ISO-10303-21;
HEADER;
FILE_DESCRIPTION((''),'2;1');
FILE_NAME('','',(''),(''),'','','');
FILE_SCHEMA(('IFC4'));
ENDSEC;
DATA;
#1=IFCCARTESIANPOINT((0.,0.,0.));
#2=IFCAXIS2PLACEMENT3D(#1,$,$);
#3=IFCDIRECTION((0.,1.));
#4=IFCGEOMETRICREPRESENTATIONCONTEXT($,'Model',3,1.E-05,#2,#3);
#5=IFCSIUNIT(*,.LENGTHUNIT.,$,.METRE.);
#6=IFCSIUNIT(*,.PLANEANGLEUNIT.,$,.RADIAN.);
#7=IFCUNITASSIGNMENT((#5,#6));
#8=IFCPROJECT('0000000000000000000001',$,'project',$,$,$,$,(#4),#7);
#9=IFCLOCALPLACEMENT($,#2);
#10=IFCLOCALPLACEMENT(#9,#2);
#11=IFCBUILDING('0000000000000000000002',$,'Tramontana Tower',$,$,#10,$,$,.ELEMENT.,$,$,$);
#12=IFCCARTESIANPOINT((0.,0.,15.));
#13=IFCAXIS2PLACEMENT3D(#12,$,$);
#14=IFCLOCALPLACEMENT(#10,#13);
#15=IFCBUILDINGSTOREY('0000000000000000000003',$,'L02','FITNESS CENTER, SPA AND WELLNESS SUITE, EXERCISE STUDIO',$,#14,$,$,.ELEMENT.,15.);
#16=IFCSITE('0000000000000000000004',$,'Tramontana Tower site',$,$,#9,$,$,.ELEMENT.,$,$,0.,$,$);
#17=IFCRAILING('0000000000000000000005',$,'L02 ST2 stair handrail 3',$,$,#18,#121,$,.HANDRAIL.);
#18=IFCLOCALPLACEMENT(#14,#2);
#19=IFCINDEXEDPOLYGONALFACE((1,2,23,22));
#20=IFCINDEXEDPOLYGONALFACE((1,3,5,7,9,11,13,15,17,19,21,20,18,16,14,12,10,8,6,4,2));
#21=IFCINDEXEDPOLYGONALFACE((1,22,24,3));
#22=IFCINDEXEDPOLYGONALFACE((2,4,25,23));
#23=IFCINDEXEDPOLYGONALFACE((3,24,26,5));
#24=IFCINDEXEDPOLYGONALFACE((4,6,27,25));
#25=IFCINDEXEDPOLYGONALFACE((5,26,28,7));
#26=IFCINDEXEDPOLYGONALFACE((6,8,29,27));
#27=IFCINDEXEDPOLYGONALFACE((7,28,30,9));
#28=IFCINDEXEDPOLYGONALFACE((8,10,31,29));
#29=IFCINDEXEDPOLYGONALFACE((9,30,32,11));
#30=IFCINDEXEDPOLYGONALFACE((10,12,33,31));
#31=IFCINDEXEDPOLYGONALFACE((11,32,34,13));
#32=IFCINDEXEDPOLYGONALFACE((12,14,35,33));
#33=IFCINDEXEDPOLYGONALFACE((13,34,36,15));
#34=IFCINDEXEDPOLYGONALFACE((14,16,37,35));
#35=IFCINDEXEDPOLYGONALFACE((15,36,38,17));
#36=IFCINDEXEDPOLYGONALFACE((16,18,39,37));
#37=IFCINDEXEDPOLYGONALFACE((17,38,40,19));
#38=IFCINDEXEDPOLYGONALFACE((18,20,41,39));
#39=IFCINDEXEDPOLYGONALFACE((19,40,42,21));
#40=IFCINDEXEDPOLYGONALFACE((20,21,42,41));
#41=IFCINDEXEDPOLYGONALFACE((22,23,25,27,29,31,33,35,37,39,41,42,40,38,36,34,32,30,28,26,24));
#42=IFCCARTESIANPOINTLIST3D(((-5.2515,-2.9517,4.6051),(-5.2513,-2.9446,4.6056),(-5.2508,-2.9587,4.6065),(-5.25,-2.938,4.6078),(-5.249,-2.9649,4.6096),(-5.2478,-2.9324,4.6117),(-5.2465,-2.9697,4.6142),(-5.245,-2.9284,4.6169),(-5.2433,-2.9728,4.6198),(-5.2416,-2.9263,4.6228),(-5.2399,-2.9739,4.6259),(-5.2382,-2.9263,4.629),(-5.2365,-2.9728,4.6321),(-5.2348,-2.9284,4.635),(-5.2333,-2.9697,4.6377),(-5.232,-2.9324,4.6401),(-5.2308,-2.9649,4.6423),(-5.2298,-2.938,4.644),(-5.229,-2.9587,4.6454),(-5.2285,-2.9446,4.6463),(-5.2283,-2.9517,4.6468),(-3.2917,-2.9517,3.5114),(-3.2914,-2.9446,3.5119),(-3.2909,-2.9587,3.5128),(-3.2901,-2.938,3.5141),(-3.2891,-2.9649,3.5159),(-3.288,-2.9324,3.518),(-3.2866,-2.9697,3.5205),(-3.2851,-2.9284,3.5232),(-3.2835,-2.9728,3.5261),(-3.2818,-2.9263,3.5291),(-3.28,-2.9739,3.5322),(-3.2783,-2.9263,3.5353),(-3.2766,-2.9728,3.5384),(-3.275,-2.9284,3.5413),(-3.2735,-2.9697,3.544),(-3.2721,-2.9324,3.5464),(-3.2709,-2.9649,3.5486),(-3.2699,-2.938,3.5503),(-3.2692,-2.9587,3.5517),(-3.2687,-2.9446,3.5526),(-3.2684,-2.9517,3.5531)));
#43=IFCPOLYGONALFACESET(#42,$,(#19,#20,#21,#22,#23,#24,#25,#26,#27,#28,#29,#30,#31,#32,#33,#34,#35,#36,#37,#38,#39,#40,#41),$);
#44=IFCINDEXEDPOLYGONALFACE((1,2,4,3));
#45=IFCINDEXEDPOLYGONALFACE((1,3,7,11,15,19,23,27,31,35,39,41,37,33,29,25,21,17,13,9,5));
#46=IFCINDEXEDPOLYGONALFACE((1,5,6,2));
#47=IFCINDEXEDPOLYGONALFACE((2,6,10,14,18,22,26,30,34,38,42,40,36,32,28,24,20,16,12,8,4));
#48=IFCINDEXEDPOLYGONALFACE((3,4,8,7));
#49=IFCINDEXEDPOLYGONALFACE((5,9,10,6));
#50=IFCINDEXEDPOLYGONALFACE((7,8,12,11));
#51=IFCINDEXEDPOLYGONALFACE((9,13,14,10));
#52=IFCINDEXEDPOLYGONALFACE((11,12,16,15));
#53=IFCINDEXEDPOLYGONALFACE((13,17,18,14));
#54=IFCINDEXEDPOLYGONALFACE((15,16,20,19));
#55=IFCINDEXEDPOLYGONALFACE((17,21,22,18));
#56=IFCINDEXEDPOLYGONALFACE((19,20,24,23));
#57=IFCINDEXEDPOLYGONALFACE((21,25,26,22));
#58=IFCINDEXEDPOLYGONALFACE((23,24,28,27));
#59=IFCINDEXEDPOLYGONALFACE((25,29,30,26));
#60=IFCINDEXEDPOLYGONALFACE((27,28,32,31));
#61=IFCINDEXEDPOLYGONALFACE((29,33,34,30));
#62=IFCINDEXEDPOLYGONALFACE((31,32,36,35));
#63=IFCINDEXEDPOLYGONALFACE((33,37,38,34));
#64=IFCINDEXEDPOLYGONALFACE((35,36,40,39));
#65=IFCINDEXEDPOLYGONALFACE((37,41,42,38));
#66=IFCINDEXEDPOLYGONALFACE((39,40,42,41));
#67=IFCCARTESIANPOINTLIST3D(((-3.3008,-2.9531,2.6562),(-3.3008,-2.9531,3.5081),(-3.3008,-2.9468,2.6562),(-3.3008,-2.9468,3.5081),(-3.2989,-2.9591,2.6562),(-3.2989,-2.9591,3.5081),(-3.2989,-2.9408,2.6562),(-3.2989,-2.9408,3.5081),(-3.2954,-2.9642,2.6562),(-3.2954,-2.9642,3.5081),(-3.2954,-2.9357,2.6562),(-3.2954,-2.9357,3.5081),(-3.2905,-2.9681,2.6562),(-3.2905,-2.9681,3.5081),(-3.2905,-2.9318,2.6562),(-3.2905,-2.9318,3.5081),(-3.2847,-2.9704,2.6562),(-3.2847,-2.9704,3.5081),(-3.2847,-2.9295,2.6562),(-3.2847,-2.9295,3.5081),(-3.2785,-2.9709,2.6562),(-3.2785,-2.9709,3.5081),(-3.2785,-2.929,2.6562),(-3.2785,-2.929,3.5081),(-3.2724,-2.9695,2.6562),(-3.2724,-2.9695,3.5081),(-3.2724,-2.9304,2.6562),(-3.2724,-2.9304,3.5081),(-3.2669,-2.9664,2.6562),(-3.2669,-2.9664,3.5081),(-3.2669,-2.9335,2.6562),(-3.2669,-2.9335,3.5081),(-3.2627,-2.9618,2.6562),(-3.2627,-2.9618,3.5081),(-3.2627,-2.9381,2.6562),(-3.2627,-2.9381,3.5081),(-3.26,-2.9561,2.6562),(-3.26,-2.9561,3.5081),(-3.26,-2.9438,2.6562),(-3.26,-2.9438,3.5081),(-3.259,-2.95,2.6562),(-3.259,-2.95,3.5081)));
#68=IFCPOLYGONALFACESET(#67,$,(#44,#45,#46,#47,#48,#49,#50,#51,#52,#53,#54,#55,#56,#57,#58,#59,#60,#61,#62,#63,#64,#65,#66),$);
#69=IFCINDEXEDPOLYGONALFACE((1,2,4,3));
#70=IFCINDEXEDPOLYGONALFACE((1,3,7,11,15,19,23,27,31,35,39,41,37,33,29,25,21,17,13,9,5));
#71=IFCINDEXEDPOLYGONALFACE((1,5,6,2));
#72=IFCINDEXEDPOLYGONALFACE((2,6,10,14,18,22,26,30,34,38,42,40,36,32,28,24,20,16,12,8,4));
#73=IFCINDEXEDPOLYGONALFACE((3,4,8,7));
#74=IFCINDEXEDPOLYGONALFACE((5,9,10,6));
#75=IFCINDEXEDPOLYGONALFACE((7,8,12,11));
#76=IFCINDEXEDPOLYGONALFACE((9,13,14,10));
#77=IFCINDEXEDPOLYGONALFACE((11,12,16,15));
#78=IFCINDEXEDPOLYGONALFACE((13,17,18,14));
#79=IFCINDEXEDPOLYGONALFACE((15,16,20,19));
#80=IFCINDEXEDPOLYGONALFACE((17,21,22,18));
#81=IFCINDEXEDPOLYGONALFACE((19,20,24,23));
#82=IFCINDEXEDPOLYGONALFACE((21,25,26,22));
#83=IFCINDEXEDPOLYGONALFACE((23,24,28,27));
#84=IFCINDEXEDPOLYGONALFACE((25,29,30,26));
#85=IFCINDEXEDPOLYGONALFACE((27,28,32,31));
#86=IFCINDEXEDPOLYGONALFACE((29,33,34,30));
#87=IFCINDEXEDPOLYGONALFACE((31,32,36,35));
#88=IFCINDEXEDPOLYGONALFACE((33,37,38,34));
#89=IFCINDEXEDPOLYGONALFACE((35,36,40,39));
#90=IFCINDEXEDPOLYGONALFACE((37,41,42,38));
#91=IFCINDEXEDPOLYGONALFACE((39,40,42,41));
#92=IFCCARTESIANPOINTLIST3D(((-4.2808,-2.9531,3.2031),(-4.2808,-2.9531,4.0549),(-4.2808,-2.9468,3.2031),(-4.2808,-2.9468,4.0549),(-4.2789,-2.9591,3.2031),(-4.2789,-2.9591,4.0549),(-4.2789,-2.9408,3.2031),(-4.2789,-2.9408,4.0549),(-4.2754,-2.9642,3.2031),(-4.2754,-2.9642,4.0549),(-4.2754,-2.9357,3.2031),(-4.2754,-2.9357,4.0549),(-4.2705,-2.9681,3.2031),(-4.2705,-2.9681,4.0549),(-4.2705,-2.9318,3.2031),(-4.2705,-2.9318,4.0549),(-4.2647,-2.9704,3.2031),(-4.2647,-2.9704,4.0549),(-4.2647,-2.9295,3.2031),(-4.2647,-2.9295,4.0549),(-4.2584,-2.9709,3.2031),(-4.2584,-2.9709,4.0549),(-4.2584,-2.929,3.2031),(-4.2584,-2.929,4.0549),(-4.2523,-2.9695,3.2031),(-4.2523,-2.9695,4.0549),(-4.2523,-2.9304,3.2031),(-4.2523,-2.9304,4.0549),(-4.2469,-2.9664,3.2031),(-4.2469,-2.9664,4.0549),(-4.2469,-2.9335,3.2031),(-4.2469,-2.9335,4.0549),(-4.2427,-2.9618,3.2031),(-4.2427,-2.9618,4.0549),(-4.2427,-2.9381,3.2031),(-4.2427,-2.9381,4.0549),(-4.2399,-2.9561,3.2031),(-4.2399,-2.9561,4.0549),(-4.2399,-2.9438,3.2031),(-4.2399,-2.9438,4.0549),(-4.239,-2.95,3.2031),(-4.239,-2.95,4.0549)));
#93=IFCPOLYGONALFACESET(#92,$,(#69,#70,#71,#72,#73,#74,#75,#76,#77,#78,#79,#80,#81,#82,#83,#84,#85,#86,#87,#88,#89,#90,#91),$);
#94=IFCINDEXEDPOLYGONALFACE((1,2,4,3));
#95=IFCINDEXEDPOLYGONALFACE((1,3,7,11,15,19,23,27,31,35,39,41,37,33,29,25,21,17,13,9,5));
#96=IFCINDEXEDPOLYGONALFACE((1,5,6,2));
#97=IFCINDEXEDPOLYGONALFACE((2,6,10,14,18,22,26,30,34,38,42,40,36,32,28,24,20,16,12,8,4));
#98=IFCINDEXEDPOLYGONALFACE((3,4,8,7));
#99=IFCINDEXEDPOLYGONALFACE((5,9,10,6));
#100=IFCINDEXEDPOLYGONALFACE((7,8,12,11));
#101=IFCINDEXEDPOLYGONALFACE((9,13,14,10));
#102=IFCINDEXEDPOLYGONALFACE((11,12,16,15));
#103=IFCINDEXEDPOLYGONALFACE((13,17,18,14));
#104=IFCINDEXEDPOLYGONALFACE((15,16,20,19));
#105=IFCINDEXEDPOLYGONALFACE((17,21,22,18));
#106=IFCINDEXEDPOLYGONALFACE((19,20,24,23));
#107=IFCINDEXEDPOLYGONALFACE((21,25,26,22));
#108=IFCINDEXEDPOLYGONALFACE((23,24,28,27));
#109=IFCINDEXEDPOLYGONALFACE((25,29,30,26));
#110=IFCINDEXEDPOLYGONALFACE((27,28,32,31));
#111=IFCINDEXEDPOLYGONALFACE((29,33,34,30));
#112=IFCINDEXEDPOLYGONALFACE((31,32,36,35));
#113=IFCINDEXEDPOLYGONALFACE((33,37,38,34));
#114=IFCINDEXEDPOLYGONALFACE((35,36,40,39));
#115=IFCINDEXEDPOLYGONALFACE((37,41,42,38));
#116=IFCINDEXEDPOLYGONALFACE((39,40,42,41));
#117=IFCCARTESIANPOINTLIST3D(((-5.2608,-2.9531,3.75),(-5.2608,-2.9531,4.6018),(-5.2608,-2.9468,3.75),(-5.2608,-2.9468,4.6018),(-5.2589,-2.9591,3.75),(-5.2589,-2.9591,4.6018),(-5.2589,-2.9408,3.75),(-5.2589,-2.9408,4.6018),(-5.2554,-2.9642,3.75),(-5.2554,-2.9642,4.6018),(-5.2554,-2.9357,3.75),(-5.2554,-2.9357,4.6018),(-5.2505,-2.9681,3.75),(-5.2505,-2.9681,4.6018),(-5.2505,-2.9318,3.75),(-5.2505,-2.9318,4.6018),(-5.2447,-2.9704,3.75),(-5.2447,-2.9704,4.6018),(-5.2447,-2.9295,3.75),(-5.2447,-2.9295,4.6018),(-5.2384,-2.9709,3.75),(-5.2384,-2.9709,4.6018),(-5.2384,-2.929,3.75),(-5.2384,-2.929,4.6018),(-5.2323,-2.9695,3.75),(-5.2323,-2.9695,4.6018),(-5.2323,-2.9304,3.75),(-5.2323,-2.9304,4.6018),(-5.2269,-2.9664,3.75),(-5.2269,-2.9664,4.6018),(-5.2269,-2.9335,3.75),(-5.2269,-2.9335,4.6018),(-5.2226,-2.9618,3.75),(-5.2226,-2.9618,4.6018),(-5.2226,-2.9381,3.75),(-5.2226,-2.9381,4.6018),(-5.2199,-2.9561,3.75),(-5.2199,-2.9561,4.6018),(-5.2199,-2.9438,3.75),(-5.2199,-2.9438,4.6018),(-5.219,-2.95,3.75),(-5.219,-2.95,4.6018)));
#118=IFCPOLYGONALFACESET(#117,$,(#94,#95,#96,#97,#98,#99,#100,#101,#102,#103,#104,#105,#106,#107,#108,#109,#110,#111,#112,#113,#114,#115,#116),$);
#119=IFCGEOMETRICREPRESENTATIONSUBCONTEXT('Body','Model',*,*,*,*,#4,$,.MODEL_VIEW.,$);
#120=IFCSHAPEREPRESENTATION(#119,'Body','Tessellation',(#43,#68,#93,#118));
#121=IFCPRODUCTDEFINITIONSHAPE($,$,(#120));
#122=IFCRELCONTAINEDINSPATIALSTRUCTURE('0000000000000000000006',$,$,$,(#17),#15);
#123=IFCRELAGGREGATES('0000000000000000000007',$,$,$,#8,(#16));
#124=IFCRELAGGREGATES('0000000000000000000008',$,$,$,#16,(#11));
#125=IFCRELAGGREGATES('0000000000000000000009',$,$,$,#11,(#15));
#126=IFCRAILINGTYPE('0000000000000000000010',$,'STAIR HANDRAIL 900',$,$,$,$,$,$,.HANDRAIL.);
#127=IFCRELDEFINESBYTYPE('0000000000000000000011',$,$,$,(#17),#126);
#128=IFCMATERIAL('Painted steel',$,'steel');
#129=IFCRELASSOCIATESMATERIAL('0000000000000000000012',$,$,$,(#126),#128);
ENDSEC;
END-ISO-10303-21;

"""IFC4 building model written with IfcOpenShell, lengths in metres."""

from ifc_helpers import new_model, si_unit, direction, frame, origin, origin_2d, place, context, subcontext, project, spatial, circle, extrude, material, type_object, element, save


model = new_model("IFC4")

# Units and contexts
model_context = context("Model", 3, precision=1e-05, world=origin(), true_north=direction((0.0, 1.0)))
body_context = subcontext(model_context, "Body", "Model", "MODEL_VIEW")
ifc_project = project(units=[si_unit("LENGTHUNIT", "METRE"), si_unit("PLANEANGLEUNIT", "RADIAN")], contexts=[model_context])

# Site, building, storey
site_placement = place(None, origin())
site = spatial("IfcSite", under=ifc_project, at=site_placement, Name="Tramontana Tower site", CompositionType="ELEMENT", RefElevation=0.0)
building_placement = place(site_placement, origin())
building = spatial("IfcBuilding", under=site, at=building_placement, Name="Tramontana Tower", CompositionType="ELEMENT")
storey_placement = place(building_placement, frame((0.0, 0.0, 15.0)))
storey = spatial("IfcBuildingStorey", under=building, at=storey_placement, Name="L02", Description="FITNESS CENTER, SPA AND WELLNESS SUITE, EXERCISE STUDIO", CompositionType="ELEMENT", Elevation=15.0)

# Railing
ifc_material_1 = material(Name="Painted steel", Category="steel")
railing_type_1 = type_object("IfcRailingType", Name="STAIR HANDRAIL 900", PredefinedType="HANDRAIL", material=ifc_material_1)
railing_1_placement = place(storey_placement, frame((-3.28, -2.95, 2.6562)))
element("IfcRailing", 1, at=railing_1_placement, inside=storey, type_object=railing_type_1, Name="L02 ST2 stair handrail 3", PredefinedType="HANDRAIL", context=body_context, shape_type="SweptSolid", body=[
    extrude(circle(Radius=0.0239, at=origin_2d()), frame((0.0, 0.0, 0.876), z_axis=(-0.873232, 0.0, 0.487304), x_axis=(0.0, -1.0, 0.0)), (0.0, 0.0, 1.0), 2.2444),
    extrude(circle(Radius=0.021, at=origin_2d()), origin(), (0.0, 0.0, 1.0), 0.8518),
    extrude(circle(Radius=0.021, at=origin_2d()), frame((-0.98, 0.0, 0.5469)), (0.0, 0.0, 1.0), 0.8518),
    extrude(circle(Radius=0.021, at=origin_2d()), frame((-1.96, 0.0, 1.0938)), (0.0, 0.0, 1.0), 0.8518),
])

save(model, "model.ifc")
